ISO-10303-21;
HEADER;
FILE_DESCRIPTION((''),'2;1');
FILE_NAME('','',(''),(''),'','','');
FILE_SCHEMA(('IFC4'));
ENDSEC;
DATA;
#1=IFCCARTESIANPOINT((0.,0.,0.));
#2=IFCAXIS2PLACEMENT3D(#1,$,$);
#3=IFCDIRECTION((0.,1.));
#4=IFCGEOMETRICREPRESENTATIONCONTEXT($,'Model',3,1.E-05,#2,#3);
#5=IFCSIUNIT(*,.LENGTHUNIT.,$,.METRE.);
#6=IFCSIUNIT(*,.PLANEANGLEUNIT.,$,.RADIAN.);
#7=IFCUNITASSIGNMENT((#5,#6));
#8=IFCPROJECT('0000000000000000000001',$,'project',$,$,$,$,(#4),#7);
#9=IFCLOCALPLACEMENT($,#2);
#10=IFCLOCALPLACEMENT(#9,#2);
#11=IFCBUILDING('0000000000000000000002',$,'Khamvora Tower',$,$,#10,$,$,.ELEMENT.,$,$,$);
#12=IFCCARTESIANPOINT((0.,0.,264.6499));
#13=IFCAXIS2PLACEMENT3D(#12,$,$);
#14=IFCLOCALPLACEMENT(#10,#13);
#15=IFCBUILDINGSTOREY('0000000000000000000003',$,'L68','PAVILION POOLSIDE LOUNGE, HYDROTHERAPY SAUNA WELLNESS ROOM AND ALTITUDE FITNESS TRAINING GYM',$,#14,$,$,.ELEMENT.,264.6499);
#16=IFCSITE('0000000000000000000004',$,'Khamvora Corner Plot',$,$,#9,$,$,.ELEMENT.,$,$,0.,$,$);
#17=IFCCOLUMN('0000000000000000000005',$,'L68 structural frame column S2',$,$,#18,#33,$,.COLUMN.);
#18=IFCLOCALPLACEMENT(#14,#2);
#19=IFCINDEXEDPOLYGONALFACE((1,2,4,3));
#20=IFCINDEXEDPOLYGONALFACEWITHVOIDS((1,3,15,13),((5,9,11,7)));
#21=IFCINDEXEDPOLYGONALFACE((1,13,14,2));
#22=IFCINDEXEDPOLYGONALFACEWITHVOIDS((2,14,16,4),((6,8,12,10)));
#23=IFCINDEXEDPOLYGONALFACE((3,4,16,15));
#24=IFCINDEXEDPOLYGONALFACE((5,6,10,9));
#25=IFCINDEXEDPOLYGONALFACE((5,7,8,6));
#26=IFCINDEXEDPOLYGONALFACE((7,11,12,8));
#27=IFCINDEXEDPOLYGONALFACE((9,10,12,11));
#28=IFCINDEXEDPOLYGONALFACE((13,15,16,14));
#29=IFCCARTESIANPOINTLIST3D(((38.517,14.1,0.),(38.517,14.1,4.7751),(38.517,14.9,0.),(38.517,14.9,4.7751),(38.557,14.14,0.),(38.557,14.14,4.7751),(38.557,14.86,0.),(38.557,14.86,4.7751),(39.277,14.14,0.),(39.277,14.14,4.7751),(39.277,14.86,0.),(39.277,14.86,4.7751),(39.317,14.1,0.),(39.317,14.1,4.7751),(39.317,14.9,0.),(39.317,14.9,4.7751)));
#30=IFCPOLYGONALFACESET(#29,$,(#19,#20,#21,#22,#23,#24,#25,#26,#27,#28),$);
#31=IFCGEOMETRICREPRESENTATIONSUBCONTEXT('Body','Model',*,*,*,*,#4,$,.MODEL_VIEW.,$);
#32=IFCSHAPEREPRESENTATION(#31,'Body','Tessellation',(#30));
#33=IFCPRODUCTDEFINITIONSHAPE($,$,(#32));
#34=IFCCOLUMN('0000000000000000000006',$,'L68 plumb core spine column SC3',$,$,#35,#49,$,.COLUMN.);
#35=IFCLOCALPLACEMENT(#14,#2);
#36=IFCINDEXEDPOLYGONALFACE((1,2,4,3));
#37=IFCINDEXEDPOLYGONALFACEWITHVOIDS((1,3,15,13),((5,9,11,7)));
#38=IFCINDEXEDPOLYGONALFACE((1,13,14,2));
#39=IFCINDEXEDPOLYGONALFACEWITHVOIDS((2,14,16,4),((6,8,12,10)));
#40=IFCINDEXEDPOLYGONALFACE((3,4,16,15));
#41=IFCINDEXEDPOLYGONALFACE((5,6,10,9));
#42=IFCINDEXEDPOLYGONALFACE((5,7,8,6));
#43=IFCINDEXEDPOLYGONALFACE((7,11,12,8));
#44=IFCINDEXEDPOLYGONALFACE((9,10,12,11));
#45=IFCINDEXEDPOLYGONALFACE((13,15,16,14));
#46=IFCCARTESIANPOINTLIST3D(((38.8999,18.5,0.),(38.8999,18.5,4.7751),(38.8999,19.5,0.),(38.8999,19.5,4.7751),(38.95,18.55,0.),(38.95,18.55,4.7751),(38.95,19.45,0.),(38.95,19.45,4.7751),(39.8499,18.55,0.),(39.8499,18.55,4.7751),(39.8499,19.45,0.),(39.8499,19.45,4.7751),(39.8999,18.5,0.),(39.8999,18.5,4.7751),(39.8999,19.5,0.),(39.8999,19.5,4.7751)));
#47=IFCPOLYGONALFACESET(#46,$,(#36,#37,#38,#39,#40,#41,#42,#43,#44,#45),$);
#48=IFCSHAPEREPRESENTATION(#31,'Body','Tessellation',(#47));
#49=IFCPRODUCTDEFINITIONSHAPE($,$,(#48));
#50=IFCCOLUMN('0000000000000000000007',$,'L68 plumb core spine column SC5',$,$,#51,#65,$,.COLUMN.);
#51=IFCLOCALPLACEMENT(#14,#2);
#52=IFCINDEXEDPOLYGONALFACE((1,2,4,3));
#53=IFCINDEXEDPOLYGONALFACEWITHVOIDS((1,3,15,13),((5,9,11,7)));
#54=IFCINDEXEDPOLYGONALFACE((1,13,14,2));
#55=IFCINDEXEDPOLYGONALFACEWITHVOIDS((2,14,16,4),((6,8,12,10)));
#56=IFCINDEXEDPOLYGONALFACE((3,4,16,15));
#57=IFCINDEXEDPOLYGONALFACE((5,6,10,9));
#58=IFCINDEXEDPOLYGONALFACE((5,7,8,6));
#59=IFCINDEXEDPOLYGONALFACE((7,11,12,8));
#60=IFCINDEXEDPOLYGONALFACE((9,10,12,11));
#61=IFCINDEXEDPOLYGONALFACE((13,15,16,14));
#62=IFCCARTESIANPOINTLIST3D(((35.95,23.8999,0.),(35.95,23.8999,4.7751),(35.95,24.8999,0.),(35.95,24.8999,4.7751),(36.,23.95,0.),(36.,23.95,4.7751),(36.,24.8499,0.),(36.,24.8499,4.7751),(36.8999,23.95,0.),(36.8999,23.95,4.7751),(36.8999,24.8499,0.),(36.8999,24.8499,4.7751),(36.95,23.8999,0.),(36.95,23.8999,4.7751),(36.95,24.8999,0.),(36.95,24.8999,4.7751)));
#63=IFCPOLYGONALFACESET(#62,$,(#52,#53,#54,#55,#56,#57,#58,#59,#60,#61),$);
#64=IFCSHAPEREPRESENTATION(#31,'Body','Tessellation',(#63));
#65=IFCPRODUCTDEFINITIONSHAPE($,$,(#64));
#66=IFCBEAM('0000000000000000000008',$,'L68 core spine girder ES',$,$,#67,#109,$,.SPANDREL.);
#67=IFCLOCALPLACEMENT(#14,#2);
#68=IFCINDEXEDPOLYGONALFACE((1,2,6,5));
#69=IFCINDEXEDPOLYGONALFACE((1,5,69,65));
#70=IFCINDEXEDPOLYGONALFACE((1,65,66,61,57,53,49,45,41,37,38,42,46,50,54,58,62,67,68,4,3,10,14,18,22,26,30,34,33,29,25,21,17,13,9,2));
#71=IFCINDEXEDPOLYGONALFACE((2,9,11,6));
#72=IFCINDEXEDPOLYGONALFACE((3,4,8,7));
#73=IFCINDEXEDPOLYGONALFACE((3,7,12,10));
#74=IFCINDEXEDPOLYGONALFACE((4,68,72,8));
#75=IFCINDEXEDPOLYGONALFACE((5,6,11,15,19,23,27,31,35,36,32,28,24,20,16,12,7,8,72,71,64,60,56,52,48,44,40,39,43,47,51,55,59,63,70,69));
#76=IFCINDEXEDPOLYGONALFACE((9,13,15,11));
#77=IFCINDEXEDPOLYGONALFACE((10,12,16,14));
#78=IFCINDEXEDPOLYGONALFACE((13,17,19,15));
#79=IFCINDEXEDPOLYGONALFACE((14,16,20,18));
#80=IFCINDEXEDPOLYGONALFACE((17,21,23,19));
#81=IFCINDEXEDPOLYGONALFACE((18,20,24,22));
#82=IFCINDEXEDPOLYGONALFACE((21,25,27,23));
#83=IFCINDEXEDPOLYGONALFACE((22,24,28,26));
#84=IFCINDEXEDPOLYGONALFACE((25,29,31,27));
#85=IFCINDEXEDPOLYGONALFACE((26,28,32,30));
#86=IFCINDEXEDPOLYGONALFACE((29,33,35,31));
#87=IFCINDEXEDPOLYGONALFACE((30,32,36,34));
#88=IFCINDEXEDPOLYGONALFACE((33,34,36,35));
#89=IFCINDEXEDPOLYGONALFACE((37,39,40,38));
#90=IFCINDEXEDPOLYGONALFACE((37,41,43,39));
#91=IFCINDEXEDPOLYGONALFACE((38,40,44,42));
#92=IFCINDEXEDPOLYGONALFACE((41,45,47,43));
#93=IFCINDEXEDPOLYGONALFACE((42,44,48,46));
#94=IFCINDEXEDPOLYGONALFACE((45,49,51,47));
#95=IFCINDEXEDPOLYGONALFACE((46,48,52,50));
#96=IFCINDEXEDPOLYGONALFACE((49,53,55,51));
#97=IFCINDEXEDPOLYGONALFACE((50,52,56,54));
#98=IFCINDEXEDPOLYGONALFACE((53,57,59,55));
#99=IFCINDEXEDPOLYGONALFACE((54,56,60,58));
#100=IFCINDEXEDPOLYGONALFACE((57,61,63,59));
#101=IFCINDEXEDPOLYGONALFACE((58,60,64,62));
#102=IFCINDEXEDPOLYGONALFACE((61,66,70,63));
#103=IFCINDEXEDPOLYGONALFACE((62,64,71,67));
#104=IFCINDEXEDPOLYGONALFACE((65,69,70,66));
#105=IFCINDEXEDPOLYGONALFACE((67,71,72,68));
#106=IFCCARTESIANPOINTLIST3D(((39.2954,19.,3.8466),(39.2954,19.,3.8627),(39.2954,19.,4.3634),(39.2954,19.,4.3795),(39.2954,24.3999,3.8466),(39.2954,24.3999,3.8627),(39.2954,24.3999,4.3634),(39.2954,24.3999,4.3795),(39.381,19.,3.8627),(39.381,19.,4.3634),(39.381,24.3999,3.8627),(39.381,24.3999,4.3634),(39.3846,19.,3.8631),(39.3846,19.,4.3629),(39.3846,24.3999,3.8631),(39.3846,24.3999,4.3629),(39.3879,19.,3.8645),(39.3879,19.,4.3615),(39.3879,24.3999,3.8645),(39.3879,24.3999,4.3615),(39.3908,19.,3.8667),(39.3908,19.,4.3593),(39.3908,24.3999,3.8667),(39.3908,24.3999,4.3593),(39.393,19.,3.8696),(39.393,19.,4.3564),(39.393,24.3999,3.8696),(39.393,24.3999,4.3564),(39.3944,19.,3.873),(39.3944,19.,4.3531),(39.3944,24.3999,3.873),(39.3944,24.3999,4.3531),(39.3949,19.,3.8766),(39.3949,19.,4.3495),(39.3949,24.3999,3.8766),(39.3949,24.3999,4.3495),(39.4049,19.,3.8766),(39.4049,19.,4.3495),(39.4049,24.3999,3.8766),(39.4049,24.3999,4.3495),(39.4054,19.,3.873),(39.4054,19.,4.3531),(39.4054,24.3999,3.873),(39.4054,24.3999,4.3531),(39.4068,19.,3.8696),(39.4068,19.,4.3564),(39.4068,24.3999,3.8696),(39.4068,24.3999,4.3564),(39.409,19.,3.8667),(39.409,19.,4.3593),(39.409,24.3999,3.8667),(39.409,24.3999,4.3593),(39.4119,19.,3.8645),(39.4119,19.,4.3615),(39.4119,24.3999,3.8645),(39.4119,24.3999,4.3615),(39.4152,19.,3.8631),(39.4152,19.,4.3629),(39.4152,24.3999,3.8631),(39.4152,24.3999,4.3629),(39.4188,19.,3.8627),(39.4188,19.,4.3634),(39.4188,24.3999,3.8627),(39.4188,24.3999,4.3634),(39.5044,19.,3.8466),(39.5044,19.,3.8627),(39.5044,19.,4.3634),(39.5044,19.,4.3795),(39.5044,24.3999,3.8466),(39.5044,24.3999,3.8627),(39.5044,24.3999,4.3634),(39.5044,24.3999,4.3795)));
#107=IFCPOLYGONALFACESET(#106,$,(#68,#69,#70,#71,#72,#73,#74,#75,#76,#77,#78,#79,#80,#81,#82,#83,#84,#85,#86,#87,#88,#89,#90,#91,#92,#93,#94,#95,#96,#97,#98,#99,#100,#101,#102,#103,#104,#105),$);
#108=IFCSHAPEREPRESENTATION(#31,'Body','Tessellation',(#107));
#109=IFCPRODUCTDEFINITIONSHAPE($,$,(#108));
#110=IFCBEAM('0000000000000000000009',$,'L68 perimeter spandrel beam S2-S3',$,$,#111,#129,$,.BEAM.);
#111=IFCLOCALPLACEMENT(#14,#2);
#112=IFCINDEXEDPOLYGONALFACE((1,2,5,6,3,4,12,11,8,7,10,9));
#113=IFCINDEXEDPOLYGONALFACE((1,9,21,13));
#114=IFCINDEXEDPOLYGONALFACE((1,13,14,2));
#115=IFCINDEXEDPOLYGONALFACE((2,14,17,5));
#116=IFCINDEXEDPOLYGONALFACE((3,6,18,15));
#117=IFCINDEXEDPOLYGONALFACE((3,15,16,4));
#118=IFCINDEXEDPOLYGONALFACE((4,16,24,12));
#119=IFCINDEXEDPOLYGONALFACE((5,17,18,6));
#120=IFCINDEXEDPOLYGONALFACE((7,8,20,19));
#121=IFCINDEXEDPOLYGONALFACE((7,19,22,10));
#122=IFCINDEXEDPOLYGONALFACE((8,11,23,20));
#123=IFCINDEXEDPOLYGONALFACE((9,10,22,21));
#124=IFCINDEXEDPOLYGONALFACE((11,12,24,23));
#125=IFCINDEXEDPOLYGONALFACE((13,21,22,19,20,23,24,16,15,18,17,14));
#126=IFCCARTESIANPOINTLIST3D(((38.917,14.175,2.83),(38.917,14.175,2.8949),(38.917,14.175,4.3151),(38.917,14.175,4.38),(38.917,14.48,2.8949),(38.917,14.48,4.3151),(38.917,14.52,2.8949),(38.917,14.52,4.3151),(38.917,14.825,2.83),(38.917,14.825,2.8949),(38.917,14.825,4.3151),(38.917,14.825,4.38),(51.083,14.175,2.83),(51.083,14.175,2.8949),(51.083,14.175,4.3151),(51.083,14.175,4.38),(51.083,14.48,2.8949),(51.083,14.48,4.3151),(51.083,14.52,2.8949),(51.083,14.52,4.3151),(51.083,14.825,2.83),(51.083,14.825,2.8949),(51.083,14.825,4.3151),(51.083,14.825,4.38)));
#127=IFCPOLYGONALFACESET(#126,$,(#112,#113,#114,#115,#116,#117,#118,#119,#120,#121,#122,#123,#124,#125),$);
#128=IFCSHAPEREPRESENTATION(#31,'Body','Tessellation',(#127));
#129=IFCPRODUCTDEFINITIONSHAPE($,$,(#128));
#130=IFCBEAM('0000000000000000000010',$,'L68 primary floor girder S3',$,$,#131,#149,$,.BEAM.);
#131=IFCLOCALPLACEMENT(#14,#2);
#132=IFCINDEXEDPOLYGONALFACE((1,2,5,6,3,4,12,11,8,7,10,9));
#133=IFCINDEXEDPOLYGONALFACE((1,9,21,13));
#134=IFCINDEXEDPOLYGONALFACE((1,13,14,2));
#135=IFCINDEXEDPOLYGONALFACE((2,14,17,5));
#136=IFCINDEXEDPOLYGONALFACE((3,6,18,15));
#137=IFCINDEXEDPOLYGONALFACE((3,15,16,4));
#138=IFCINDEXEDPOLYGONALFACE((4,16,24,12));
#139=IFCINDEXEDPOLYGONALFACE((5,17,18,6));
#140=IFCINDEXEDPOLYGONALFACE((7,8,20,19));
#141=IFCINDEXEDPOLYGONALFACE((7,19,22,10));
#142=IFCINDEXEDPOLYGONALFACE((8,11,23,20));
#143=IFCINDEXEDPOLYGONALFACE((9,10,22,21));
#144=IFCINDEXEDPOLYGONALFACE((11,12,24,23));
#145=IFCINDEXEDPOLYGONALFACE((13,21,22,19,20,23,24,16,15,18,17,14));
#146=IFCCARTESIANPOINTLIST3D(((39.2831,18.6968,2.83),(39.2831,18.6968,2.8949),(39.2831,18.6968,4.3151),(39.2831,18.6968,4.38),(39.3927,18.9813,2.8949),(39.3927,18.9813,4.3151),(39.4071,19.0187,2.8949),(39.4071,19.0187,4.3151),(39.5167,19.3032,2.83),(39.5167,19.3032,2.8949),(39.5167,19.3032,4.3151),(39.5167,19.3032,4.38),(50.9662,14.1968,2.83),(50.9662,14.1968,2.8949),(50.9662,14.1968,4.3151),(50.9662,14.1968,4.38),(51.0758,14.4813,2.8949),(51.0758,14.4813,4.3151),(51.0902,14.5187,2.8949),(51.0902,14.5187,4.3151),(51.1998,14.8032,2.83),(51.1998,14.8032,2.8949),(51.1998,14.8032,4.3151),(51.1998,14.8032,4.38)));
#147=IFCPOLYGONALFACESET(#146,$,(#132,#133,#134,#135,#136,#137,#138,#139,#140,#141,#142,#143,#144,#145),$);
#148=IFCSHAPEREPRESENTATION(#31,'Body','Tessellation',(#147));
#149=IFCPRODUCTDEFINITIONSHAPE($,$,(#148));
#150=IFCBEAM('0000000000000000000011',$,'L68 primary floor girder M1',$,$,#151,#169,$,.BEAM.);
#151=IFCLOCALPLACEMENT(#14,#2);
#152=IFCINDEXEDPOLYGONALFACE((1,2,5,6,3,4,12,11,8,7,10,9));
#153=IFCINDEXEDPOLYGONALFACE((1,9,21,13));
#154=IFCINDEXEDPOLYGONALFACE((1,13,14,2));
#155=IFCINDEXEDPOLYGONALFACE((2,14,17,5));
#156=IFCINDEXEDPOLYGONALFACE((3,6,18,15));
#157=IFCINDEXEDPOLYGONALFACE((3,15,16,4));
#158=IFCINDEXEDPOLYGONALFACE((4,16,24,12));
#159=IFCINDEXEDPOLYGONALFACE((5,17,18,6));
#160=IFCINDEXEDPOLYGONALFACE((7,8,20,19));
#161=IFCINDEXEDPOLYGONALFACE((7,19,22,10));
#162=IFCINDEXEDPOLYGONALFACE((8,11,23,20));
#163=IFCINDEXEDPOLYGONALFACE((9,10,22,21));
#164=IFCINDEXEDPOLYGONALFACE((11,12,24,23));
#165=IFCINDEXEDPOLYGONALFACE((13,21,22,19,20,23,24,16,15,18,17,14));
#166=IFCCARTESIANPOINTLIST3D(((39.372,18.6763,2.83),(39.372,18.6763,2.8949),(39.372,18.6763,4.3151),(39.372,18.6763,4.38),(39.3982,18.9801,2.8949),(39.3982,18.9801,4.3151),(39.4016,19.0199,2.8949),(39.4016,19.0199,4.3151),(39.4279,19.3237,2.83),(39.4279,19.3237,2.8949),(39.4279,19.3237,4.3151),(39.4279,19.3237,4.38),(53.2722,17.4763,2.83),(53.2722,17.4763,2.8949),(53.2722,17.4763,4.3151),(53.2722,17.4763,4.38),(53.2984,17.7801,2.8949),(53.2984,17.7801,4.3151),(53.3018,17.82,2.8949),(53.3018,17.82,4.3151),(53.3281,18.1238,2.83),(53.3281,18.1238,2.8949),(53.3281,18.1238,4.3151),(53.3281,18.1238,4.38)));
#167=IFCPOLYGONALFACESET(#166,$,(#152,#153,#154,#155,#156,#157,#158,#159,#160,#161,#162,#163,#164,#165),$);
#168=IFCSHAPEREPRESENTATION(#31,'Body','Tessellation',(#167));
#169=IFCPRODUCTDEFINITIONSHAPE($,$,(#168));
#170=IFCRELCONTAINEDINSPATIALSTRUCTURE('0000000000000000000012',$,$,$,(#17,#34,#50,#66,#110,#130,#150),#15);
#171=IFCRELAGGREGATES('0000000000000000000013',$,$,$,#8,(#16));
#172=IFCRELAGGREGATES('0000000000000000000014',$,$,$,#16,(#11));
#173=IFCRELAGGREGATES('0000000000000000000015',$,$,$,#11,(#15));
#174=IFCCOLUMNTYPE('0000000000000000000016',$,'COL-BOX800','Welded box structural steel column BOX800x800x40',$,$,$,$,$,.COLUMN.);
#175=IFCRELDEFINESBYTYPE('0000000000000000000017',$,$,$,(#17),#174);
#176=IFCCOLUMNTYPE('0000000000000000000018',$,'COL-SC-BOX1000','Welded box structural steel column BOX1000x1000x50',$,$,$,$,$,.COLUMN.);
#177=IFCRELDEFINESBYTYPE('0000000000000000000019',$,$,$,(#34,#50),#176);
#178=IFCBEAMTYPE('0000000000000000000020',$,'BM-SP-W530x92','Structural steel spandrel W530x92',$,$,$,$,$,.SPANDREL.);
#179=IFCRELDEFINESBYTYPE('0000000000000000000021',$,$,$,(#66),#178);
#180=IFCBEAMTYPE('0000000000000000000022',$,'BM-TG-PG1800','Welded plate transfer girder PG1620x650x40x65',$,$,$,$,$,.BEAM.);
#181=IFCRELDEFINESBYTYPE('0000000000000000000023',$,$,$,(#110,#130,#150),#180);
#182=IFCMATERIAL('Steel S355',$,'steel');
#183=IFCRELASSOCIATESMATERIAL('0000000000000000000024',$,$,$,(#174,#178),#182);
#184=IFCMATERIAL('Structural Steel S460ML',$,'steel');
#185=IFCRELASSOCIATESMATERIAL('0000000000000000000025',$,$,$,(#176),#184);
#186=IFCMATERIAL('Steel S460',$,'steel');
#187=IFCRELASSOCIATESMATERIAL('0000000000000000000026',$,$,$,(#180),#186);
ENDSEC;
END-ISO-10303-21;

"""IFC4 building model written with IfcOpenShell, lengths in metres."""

from ifc_helpers import new_model, si_unit, direction, frame, origin, origin_2d, place, context, subcontext, project, spatial, hollow_rectangle, i_section, extrude, material, material_profile, profile_set, type_object, element, save


model = new_model("IFC4")

# Units and contexts
model_context = context("Model", 3, precision=1e-05, world=origin(), true_north=direction((0.0, 1.0)))
body_context = subcontext(model_context, "Body", "Model", "MODEL_VIEW")
ifc_project = project(units=[si_unit("LENGTHUNIT", "METRE"), si_unit("PLANEANGLEUNIT", "RADIAN")], contexts=[model_context])

# Site, building, storey
site_placement = place(None, origin())
site = spatial("IfcSite", under=ifc_project, at=site_placement, Name="Khamvora Corner Plot", CompositionType="ELEMENT", RefElevation=0.0)
building_placement = place(site_placement, origin())
building = spatial("IfcBuilding", under=site, at=building_placement, Name="Khamvora Tower", CompositionType="ELEMENT")
storey_placement = place(building_placement, frame((0.0, 0.0, 264.6499)))
storey = spatial("IfcBuildingStorey", under=building, at=storey_placement, Name="L68", Description="PAVILION POOLSIDE LOUNGE, HYDROTHERAPY SAUNA WELLNESS ROOM AND ALTITUDE FITNESS TRAINING GYM", CompositionType="ELEMENT", Elevation=264.6499)

# Columns
ifc_material_1 = material(Name="Steel S355", Category="steel")
ifc_material_profile_1 = material_profile(ifc_material_1, hollow_rectangle(XDim=0.8, YDim=0.8, WallThickness=0.04, at=origin_2d()), Name="BOX800x800x40")
ifc_profile_set_1 = profile_set([ifc_material_profile_1], Name="Steel S355")
column_type_1 = type_object("IfcColumnType", Name="COL-BOX800", Description="Welded box structural steel column BOX800x800x40", PredefinedType="COLUMN", material=ifc_profile_set_1)
column_placement = place(storey_placement, frame((38.917, 14.5, 0.0), z_axis=(0.0, 0.0, 1.0), x_axis=(1.0, 0.0, 0.0)))
element("IfcColumn", 1, at=column_placement, inside=storey, type_object=column_type_1, Name="L68 structural frame column S2", PredefinedType="COLUMN", context=body_context, shape_type="SweptSolid", body=[
    extrude(hollow_rectangle(XDim=0.8, YDim=0.8, WallThickness=0.04, at=origin_2d()), origin(), (0.0, 0.0, 1.0), 4.7751),
])
ifc_material_2 = material(Name="Structural Steel S460ML", Category="steel")
ifc_material_profile_2 = material_profile(ifc_material_2, hollow_rectangle(XDim=1.0, YDim=1.0, WallThickness=0.05, at=origin_2d()), Name="BOX1000x1000x50")
ifc_profile_set_2 = profile_set([ifc_material_profile_2], Name="Structural Steel S460ML")
column_type_2 = type_object("IfcColumnType", Name="COL-SC-BOX1000", Description="Welded box structural steel column BOX1000x1000x50", PredefinedType="COLUMN", material=ifc_profile_set_2)
for number, where, z_axis, x_axis, name in (
    (2, (39.3999, 19.0, 0.0), (0.0, 0.0, 1.0), (1.0, 0.0, 0.0), "L68 plumb core spine column SC3"),
    (3, (36.45, 24.3999, 0.0), (0.0, 0.0, 1.0), (1.0, 0.0, 0.0), "L68 plumb core spine column SC5"),
):
    element("IfcColumn", number, at=place(storey_placement, frame(where, z_axis=z_axis, x_axis=x_axis)), inside=storey, type_object=column_type_2, Name=name, PredefinedType="COLUMN", context=body_context, shape_type="SweptSolid", body=[
        extrude(hollow_rectangle(XDim=1.0, YDim=1.0, WallThickness=0.05, at=origin_2d()), origin(), (0.0, 0.0, 1.0), 4.7751),
    ])

# Beams
ifc_material_profile_3 = material_profile(ifc_material_1, i_section(OverallWidth=0.209, OverallDepth=0.533, WebThickness=0.01, FlangeThickness=0.0161, FilletRadius=0.0139, at=origin_2d()), Name="W530x92")
ifc_profile_set_3 = profile_set([ifc_material_profile_3], Name="Steel S355")
beam_type_1 = type_object("IfcBeamType", Name="BM-SP-W530x92", Description="Structural steel spandrel W530x92", PredefinedType="SPANDREL", material=ifc_profile_set_3)
beam_1_placement = place(storey_placement, frame((39.3999, 19.0, 4.113), z_axis=(0.0, 1.0, 0.0), x_axis=(-1.0, 0.0, 0.0)))
element("IfcBeam", 4, at=beam_1_placement, inside=storey, type_object=beam_type_1, Name="L68 core spine girder ES", PredefinedType="SPANDREL", context=body_context, shape_type="SweptSolid", body=[
    extrude(i_section(OverallWidth=0.209, OverallDepth=0.533, WebThickness=0.01, FlangeThickness=0.0161, FilletRadius=0.0139, at=origin_2d()), origin(), (0.0, 0.0, 1.0), 5.3999),
])
ifc_material_3 = material(Name="Steel S460", Category="steel")
ifc_material_profile_4 = material_profile(ifc_material_3, i_section(OverallWidth=0.6499, OverallDepth=1.55, WebThickness=0.04, FlangeThickness=0.0649, at=origin_2d()), Name="PG1550x650x40x65")
ifc_profile_set_4 = profile_set([ifc_material_profile_4], Name="Steel S460")
beam_type_2 = type_object("IfcBeamType", Name="BM-TG-PG1800", Description="Welded plate transfer girder PG1620x650x40x65", PredefinedType="BEAM", material=ifc_profile_set_4)
beam_2_placement = place(storey_placement, frame((38.917, 14.5, 3.605), z_axis=(1.0, 0.0, 0.0), x_axis=(0.0, 1.0, 0.0)))
element("IfcBeam", 5, at=beam_2_placement, inside=storey, type_object=beam_type_2, Name="L68 perimeter spandrel beam S2-S3", PredefinedType="BEAM", context=body_context, shape_type="SweptSolid", body=[
    extrude(i_section(OverallWidth=0.6499, OverallDepth=1.55, WebThickness=0.04, FlangeThickness=0.0649, at=origin_2d()), origin(), (0.0, 0.0, 1.0), 12.166),
])
beam_3_placement = place(storey_placement, frame((39.3999, 19.0, 3.605), z_axis=(0.933172, -0.359431, 0.0), x_axis=(0.359431, 0.933172, 0.0)))
element("IfcBeam", 6, at=beam_3_placement, inside=storey, type_object=beam_type_2, Name="L68 primary floor girder S3", PredefinedType="BEAM", context=body_context, shape_type="SweptSolid", body=[
    extrude(i_section(OverallWidth=0.6499, OverallDepth=1.55, WebThickness=0.04, FlangeThickness=0.0649, at=origin_2d()), origin(), (0.0, 0.0, 1.0), 12.5198),
])
beam_4_placement = place(storey_placement, frame((39.3999, 19.0, 3.605), z_axis=(0.996295, -0.086007, 0.0), x_axis=(0.086007, 0.996295, 0.0)))
element("IfcBeam", 7, at=beam_4_placement, inside=storey, type_object=beam_type_2, Name="L68 primary floor girder M1", PredefinedType="BEAM", context=body_context, shape_type="SweptSolid", body=[
    extrude(i_section(OverallWidth=0.6499, OverallDepth=1.55, WebThickness=0.04, FlangeThickness=0.0649, at=origin_2d()), origin(), (0.0, 0.0, 1.0), 13.9519),
])

save(model, "model.ifc")
